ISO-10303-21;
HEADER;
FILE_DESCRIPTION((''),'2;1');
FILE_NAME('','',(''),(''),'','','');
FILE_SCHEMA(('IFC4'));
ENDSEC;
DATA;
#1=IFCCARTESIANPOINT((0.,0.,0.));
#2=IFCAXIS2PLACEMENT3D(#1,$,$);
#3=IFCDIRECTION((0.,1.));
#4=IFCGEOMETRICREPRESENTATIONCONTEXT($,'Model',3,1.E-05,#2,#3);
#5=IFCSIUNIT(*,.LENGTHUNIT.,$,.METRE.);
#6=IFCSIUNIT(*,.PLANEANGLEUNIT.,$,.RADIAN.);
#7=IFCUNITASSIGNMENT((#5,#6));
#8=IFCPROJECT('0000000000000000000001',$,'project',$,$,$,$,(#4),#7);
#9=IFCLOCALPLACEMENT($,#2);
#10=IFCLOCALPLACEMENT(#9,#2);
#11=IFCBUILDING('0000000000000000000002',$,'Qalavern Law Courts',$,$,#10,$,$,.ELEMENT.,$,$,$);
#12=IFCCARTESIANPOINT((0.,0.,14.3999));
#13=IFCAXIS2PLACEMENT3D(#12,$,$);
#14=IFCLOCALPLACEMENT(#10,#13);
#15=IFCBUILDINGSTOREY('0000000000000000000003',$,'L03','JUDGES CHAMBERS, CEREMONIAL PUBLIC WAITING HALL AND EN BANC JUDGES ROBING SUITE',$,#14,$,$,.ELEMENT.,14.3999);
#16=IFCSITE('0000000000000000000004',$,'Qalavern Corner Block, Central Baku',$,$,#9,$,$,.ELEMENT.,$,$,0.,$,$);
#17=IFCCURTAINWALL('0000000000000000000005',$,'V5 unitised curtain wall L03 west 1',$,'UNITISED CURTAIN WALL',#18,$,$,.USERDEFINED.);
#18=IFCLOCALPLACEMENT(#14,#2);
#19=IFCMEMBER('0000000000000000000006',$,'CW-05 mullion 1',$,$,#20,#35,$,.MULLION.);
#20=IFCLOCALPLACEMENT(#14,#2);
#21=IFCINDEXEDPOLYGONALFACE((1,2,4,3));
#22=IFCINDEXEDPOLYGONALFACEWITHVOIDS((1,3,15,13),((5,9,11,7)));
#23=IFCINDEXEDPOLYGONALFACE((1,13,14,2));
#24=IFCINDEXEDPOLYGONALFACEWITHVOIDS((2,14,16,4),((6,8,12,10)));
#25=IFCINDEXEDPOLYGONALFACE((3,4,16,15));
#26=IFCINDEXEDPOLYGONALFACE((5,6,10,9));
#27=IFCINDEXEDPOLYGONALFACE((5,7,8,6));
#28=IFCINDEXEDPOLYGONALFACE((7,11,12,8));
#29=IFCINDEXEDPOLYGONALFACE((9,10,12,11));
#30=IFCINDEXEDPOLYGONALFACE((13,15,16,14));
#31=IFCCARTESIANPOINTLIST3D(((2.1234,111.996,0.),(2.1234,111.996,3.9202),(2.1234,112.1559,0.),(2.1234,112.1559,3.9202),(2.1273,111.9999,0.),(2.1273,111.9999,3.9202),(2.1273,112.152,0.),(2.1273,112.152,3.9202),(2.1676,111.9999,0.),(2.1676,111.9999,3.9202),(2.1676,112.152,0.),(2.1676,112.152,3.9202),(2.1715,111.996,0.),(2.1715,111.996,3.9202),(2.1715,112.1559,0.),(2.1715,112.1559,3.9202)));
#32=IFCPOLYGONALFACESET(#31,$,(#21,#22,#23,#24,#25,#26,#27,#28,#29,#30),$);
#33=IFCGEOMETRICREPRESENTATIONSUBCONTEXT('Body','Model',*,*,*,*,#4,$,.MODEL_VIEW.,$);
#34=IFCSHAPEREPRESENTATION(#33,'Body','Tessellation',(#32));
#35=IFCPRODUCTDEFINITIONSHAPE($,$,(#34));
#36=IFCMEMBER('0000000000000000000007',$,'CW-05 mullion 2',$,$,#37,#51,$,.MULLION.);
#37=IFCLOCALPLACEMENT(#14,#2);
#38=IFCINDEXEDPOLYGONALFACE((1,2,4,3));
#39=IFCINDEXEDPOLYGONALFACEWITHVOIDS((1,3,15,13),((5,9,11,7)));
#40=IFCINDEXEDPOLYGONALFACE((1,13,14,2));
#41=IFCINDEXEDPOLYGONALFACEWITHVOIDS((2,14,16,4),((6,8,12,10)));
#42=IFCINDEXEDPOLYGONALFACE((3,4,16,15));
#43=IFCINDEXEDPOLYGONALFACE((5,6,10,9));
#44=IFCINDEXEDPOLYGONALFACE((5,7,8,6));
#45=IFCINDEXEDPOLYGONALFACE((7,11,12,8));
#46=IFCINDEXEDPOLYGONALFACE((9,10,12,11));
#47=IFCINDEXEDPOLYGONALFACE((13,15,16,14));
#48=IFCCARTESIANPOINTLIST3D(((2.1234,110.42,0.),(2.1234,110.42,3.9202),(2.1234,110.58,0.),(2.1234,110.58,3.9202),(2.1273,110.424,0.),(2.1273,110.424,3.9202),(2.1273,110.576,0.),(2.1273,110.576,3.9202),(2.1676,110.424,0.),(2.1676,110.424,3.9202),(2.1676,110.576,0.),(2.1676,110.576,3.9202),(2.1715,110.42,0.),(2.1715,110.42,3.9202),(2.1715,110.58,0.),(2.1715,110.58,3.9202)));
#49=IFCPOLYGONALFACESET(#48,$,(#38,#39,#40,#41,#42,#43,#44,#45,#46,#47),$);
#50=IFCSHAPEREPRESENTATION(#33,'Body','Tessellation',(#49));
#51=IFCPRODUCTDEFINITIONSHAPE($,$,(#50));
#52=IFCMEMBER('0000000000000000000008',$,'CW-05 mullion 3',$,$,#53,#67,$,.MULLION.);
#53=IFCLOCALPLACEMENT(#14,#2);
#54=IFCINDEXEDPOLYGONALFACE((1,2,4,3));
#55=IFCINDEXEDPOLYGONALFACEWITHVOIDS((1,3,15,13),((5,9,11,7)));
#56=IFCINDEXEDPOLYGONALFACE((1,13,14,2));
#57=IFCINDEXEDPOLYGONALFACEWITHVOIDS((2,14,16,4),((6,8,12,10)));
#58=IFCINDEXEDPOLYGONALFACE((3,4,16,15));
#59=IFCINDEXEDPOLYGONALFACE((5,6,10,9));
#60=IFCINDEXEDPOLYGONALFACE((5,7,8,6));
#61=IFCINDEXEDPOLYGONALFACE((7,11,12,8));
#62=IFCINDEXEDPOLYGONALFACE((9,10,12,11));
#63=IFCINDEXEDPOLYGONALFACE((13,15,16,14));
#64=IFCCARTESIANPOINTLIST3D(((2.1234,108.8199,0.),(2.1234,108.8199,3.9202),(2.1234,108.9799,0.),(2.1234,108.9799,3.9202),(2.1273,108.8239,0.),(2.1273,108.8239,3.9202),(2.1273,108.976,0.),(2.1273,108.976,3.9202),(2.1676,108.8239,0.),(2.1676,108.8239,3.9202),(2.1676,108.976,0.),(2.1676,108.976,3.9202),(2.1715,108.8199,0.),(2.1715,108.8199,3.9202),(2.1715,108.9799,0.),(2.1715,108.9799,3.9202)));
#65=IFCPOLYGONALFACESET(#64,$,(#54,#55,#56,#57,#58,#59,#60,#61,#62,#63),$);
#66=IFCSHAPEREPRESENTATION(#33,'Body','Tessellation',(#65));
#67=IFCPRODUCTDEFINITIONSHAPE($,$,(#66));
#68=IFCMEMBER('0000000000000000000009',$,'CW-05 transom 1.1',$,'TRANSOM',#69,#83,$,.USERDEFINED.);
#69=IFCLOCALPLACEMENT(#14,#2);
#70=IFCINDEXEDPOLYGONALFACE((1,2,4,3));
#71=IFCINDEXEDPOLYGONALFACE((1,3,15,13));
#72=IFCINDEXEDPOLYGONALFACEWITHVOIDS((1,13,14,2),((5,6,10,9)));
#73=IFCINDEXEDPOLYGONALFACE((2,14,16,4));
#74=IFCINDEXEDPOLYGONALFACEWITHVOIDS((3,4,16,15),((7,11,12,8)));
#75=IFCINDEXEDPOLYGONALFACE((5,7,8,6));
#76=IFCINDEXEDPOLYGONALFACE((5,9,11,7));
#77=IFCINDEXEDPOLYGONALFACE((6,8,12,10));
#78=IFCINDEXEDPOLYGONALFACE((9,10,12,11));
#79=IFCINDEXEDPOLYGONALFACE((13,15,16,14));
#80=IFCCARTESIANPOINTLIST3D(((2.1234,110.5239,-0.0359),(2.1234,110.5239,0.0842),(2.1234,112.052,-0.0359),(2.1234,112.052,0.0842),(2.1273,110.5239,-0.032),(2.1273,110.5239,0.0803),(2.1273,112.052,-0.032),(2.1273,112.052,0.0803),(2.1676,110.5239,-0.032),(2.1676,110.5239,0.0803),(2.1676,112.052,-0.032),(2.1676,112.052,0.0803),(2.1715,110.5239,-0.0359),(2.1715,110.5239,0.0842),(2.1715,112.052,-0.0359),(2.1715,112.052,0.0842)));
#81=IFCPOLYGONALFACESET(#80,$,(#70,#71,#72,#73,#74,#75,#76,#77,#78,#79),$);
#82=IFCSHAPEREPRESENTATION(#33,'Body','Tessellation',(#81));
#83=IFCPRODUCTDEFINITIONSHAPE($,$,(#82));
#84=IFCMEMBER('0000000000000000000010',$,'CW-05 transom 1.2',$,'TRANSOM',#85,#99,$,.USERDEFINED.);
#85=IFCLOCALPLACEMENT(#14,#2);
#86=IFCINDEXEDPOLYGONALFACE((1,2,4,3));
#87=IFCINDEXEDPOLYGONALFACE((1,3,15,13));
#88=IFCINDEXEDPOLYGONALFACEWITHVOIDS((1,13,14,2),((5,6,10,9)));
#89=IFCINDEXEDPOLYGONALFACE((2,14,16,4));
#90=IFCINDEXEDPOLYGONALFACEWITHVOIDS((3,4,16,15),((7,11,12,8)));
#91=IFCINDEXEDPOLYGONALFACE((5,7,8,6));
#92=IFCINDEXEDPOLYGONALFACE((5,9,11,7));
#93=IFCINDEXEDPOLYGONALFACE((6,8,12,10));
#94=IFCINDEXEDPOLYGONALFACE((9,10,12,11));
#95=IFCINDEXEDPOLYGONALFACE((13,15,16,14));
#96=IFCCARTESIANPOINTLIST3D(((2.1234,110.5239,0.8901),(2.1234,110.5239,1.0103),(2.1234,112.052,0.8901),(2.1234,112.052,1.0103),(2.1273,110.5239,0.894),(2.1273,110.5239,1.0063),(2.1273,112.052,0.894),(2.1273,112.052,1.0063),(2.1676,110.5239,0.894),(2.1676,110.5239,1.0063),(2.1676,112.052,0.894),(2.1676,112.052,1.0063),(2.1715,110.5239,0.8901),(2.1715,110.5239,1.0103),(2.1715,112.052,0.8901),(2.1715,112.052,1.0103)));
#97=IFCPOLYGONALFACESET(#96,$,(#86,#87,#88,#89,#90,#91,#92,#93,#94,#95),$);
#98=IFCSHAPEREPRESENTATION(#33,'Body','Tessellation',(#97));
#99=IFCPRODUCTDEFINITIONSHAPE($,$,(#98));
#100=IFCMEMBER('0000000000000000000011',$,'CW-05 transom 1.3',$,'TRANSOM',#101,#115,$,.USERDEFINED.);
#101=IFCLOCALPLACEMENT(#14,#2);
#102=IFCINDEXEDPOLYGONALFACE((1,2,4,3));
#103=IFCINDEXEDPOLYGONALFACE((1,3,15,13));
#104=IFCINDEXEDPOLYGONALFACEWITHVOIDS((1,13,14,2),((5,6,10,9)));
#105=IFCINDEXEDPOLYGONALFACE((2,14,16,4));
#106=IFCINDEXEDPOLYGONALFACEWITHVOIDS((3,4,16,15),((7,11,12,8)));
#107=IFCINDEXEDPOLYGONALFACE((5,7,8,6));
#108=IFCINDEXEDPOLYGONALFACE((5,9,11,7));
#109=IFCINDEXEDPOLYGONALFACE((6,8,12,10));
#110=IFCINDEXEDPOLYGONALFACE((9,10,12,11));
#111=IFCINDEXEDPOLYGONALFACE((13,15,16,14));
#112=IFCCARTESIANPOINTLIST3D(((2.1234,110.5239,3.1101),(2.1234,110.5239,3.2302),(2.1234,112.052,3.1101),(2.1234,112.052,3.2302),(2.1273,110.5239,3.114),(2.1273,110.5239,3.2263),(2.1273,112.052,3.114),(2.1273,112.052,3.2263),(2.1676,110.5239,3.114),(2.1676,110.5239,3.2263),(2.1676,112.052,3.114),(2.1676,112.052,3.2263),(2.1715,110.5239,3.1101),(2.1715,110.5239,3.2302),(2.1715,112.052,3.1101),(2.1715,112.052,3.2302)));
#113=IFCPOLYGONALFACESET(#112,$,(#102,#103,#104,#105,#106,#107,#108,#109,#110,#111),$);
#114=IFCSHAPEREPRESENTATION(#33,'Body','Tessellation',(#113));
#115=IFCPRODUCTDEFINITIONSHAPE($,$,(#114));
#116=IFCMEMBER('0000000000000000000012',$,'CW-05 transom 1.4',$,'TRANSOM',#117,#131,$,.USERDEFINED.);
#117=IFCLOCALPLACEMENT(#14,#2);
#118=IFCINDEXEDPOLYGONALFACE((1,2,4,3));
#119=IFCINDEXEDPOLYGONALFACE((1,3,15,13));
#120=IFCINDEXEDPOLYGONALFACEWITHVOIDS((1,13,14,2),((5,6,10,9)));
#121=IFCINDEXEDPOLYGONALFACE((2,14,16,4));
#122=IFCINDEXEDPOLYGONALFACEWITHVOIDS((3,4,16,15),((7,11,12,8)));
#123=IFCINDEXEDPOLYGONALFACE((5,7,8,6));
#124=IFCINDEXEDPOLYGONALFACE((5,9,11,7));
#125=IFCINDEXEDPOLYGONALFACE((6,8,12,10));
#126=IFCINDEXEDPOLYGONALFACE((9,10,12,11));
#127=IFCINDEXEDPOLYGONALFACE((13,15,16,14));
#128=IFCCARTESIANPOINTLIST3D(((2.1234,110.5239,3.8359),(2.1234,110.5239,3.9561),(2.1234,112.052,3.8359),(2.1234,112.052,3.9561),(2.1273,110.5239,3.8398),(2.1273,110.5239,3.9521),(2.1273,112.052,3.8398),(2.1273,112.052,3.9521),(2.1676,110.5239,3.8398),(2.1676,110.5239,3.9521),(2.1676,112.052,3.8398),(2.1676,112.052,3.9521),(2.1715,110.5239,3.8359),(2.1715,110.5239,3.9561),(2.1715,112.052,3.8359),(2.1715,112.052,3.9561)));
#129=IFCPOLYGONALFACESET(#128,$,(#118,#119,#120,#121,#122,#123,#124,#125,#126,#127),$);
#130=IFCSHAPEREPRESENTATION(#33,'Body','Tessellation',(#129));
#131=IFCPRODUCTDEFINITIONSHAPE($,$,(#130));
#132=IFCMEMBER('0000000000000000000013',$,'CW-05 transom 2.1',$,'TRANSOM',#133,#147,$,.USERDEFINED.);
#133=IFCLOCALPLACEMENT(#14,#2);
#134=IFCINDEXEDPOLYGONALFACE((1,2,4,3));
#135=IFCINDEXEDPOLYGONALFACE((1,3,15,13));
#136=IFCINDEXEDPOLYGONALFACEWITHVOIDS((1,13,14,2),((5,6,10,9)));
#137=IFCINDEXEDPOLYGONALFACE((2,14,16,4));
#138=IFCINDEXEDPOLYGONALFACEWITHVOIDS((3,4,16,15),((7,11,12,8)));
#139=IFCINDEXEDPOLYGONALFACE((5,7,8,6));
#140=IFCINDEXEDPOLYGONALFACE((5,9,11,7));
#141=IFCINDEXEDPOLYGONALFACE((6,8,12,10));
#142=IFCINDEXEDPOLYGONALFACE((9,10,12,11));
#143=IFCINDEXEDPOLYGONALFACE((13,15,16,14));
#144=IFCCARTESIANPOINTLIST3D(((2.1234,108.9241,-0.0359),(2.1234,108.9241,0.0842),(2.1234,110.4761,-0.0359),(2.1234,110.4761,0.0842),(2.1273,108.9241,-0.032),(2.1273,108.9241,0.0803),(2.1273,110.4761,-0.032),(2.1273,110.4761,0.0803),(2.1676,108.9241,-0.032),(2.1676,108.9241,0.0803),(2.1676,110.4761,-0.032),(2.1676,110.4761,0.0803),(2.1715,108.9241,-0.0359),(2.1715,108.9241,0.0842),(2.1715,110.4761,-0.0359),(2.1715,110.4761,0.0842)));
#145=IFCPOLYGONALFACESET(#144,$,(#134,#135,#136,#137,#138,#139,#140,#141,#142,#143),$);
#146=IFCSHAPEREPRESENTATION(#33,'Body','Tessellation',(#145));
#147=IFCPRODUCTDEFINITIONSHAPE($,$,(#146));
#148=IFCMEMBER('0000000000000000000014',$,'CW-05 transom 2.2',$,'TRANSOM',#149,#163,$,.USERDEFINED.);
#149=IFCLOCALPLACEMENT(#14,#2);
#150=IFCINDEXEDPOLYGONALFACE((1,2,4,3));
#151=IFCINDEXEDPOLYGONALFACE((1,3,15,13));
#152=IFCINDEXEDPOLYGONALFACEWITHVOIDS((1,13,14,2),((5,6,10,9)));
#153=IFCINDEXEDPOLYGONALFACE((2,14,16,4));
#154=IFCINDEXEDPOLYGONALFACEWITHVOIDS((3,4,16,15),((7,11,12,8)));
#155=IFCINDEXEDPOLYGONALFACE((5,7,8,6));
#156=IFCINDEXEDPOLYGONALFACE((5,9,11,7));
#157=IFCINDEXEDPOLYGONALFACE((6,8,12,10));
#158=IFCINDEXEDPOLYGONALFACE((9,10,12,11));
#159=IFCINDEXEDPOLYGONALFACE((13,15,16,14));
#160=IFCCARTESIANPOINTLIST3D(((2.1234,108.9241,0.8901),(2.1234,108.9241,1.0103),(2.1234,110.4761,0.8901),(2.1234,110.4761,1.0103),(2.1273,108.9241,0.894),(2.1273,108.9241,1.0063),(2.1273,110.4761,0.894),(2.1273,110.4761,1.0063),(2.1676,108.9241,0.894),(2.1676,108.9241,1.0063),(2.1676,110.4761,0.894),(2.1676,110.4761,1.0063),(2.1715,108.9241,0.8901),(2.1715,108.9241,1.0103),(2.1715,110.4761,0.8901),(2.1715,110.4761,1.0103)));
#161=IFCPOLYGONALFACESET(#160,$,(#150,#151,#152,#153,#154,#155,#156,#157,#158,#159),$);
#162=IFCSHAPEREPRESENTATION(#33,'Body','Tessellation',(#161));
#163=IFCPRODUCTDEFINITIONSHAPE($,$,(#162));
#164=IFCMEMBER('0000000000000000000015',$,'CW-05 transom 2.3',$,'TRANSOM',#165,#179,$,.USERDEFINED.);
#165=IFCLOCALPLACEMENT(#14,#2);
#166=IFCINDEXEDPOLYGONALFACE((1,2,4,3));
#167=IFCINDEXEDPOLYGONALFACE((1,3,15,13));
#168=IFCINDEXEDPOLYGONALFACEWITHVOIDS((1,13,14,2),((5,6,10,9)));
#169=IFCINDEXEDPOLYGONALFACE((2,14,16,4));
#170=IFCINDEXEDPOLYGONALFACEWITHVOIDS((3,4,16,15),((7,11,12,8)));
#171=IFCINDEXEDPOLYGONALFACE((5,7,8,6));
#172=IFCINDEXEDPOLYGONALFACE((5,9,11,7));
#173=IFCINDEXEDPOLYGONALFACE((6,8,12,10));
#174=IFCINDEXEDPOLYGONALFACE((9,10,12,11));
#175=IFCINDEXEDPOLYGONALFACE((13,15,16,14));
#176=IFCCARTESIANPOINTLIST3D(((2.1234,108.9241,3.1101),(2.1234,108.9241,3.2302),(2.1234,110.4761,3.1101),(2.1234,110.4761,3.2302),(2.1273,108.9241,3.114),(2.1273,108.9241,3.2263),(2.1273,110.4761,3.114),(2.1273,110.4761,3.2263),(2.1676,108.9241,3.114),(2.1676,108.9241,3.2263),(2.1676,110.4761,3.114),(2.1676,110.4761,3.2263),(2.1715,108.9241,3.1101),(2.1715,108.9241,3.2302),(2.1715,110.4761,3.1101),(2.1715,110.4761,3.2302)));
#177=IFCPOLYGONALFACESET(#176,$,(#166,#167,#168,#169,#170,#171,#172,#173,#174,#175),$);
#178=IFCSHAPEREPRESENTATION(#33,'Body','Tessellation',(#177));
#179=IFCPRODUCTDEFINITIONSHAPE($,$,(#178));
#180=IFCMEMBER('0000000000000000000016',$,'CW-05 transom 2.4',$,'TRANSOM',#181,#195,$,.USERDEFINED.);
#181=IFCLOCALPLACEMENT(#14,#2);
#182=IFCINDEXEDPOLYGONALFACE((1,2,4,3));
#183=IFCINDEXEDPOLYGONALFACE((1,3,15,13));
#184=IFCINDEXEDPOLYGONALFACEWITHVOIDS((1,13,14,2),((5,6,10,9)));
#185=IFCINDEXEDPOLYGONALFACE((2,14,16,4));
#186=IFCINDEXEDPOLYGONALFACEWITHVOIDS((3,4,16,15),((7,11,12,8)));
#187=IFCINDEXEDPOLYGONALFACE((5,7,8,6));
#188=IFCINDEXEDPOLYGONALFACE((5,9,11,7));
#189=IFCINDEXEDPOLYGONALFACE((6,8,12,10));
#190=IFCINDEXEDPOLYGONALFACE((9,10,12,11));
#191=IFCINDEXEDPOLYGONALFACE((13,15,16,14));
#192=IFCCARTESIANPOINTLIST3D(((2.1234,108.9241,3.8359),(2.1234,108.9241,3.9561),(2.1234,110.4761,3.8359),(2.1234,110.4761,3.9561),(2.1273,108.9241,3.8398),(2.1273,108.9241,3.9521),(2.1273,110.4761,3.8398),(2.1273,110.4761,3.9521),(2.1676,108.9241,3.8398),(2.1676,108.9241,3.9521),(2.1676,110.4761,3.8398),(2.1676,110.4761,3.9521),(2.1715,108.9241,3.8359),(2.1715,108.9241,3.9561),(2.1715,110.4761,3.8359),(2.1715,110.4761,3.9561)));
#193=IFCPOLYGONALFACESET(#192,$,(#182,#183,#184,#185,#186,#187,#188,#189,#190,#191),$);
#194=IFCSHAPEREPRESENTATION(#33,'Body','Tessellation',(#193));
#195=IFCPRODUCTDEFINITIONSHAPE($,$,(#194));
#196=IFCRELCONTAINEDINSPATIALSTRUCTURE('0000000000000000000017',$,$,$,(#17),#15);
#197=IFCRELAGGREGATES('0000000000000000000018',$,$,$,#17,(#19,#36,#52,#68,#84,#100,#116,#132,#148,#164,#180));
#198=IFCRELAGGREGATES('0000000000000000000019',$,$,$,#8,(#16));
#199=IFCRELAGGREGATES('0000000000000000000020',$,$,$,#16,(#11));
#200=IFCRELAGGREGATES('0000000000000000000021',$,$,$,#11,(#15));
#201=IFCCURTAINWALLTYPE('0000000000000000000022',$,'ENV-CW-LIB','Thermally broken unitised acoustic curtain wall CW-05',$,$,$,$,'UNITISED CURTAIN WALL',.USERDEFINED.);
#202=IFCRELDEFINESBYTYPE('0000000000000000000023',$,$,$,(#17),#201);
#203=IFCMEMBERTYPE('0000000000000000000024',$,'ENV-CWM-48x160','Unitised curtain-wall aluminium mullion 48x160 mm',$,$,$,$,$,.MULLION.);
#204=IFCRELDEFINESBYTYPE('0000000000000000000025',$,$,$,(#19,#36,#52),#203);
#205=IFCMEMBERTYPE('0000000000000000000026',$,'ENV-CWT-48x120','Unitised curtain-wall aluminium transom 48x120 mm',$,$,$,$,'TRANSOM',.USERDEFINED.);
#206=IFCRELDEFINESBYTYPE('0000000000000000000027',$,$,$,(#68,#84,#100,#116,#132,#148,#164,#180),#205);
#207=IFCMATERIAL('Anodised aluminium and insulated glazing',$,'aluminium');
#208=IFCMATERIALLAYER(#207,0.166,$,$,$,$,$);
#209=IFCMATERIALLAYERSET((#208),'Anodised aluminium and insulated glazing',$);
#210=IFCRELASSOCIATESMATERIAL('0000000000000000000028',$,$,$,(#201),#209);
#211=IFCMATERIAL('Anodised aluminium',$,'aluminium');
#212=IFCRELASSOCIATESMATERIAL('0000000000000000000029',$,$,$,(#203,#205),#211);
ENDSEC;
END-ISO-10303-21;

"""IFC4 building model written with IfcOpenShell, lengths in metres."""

from ifc_helpers import new_model, si_unit, direction, frame, origin, origin_2d, place, context, subcontext, project, spatial, hollow_rectangle, extrude, material, layer, layer_set, material_profile, profile_set, type_object, element, aggregate, save


model = new_model("IFC4")

# Units and contexts
model_context = context("Model", 3, precision=1e-05, world=origin(), true_north=direction((0.0, 1.0)))
body_context = subcontext(model_context, "Body", "Model", "MODEL_VIEW")
ifc_project = project(units=[si_unit("LENGTHUNIT", "METRE"), si_unit("PLANEANGLEUNIT", "RADIAN")], contexts=[model_context])

# Site, building, storey
site_placement = place(None, origin())
site = spatial("IfcSite", under=ifc_project, at=site_placement, Name="Qalavern Corner Block, Central Baku", CompositionType="ELEMENT", RefElevation=0.0)
building_placement = place(site_placement, origin())
building = spatial("IfcBuilding", under=site, at=building_placement, Name="Qalavern Law Courts", CompositionType="ELEMENT")
storey_placement = place(building_placement, frame((0.0, 0.0, 14.3999)))
storey = spatial("IfcBuildingStorey", under=building, at=storey_placement, Name="L03", Description="JUDGES CHAMBERS, CEREMONIAL PUBLIC WAITING HALL AND EN BANC JUDGES ROBING SUITE", CompositionType="ELEMENT", Elevation=14.3999)

# Curtain wall, members
ifc_material_1 = material(Name="Anodised aluminium and insulated glazing", Category="aluminium")
ifc_layer_1 = layer(ifc_material_1, 0.166)
ifc_layer_set_1 = layer_set([ifc_layer_1], Name="Anodised aluminium and insulated glazing")
curtain_wall_type = type_object("IfcCurtainWallType", Name="ENV-CW-LIB", Description="Thermally broken unitised acoustic curtain wall CW-05", ElementType="UNITISED CURTAIN WALL", PredefinedType="USERDEFINED", material=ifc_layer_set_1)
curtain_wall_placement = place(storey_placement, origin())
curtain_wall = element("IfcCurtainWall", 1, at=curtain_wall_placement, inside=storey, type_object=curtain_wall_type, Name="V5 unitised curtain wall L03 west 1", ObjectType="UNITISED CURTAIN WALL", PredefinedType="USERDEFINED")
ifc_material_2 = material(Name="Anodised aluminium", Category="aluminium")
ifc_material_profile_1 = material_profile(ifc_material_2, hollow_rectangle(XDim=0.0481, YDim=0.1599, WallThickness=0.0039, at=origin_2d()), Name="ALU MULLION 48x160")
ifc_profile_set_1 = profile_set([ifc_material_profile_1], Name="Anodised aluminium")
member_type_1 = type_object("IfcMemberType", Name="ENV-CWM-48x160", Description="Unitised curtain-wall aluminium mullion 48x160 mm", PredefinedType="MULLION", material=ifc_profile_set_1)
member_1_placement = place(storey_placement, frame((2.1475, 112.0759, 0.0), z_axis=(0.0, 0.0, 1.0), x_axis=(1.0, 0.0, 0.0)))
member_1 = element("IfcMember", 2, at=member_1_placement, type_object=member_type_1, Name="CW-05 mullion 1", PredefinedType="MULLION", context=body_context, shape_type="SweptSolid", body=[
    extrude(hollow_rectangle(XDim=0.0481, YDim=0.1599, WallThickness=0.0039, at=origin_2d()), origin(), (0.0, 0.0, 1.0), 3.9202),
])
member_2_placement = place(storey_placement, frame((2.1475, 110.5, 0.0), z_axis=(0.0, 0.0, 1.0), x_axis=(1.0, 0.0, 0.0)))
member_2 = element("IfcMember", 3, at=member_2_placement, type_object=member_type_1, Name="CW-05 mullion 2", PredefinedType="MULLION", context=body_context, shape_type="SweptSolid", body=[
    extrude(hollow_rectangle(XDim=0.0481, YDim=0.1599, WallThickness=0.0039, at=origin_2d()), origin(), (0.0, 0.0, 1.0), 3.9202),
])
member_3_placement = place(storey_placement, frame((2.1475, 108.8999, 0.0), z_axis=(0.0, 0.0, 1.0), x_axis=(1.0, 0.0, 0.0)))
member_3 = element("IfcMember", 4, at=member_3_placement, type_object=member_type_1, Name="CW-05 mullion 3", PredefinedType="MULLION", context=body_context, shape_type="SweptSolid", body=[
    extrude(hollow_rectangle(XDim=0.0481, YDim=0.1599, WallThickness=0.0039, at=origin_2d()), origin(), (0.0, 0.0, 1.0), 3.9202),
])
ifc_material_profile_2 = material_profile(ifc_material_2, hollow_rectangle(XDim=0.0481, YDim=0.1201, WallThickness=0.0039, at=origin_2d()), Name="ALU TRANSOM 48x120")
ifc_profile_set_2 = profile_set([ifc_material_profile_2], Name="Anodised aluminium")
member_type_2 = type_object("IfcMemberType", Name="ENV-CWT-48x120", Description="Unitised curtain-wall aluminium transom 48x120 mm", ElementType="TRANSOM", PredefinedType="USERDEFINED", material=ifc_profile_set_2)
member_4_placement = place(storey_placement, frame((2.1475, 112.052, 0.0242), z_axis=(0.0, -1.0, 0.0), x_axis=(1.0, 0.0, 0.0)))
member_4 = element("IfcMember", 5, at=member_4_placement, type_object=member_type_2, Name="CW-05 transom 1.1", ObjectType="TRANSOM", PredefinedType="USERDEFINED", context=body_context, shape_type="SweptSolid", body=[
    extrude(hollow_rectangle(XDim=0.0481, YDim=0.1201, WallThickness=0.0039, at=origin_2d()), origin(), (0.0, 0.0, 1.0), 1.5281),
])
member_5_placement = place(storey_placement, frame((2.1475, 112.052, 0.9502), z_axis=(0.0, -1.0, 0.0), x_axis=(1.0, 0.0, 0.0)))
member_5 = element("IfcMember", 6, at=member_5_placement, type_object=member_type_2, Name="CW-05 transom 1.2", ObjectType="TRANSOM", PredefinedType="USERDEFINED", context=body_context, shape_type="SweptSolid", body=[
    extrude(hollow_rectangle(XDim=0.0481, YDim=0.1201, WallThickness=0.0039, at=origin_2d()), origin(), (0.0, 0.0, 1.0), 1.5281),
])
member_6_placement = place(storey_placement, frame((2.1475, 112.052, 3.1702), z_axis=(0.0, -1.0, 0.0), x_axis=(1.0, 0.0, 0.0)))
member_6 = element("IfcMember", 7, at=member_6_placement, type_object=member_type_2, Name="CW-05 transom 1.3", ObjectType="TRANSOM", PredefinedType="USERDEFINED", context=body_context, shape_type="SweptSolid", body=[
    extrude(hollow_rectangle(XDim=0.0481, YDim=0.1201, WallThickness=0.0039, at=origin_2d()), origin(), (0.0, 0.0, 1.0), 1.5281),
])
member_7_placement = place(storey_placement, frame((2.1475, 112.052, 3.896), z_axis=(0.0, -1.0, 0.0), x_axis=(1.0, 0.0, 0.0)))
member_7 = element("IfcMember", 8, at=member_7_placement, type_object=member_type_2, Name="CW-05 transom 1.4", ObjectType="TRANSOM", PredefinedType="USERDEFINED", context=body_context, shape_type="SweptSolid", body=[
    extrude(hollow_rectangle(XDim=0.0481, YDim=0.1201, WallThickness=0.0039, at=origin_2d()), origin(), (0.0, 0.0, 1.0), 1.5281),
])
member_8_placement = place(storey_placement, frame((2.1475, 110.4761, 0.0242), z_axis=(0.0, -1.0, 0.0), x_axis=(1.0, 0.0, 0.0)))
member_8 = element("IfcMember", 9, at=member_8_placement, type_object=member_type_2, Name="CW-05 transom 2.1", ObjectType="TRANSOM", PredefinedType="USERDEFINED", context=body_context, shape_type="SweptSolid", body=[
    extrude(hollow_rectangle(XDim=0.0481, YDim=0.1201, WallThickness=0.0039, at=origin_2d()), origin(), (0.0, 0.0, 1.0), 1.552),
])
member_9_placement = place(storey_placement, frame((2.1475, 110.4761, 0.9502), z_axis=(0.0, -1.0, 0.0), x_axis=(1.0, 0.0, 0.0)))
member_9 = element("IfcMember", 10, at=member_9_placement, type_object=member_type_2, Name="CW-05 transom 2.2", ObjectType="TRANSOM", PredefinedType="USERDEFINED", context=body_context, shape_type="SweptSolid", body=[
    extrude(hollow_rectangle(XDim=0.0481, YDim=0.1201, WallThickness=0.0039, at=origin_2d()), origin(), (0.0, 0.0, 1.0), 1.552),
])
member_10_placement = place(storey_placement, frame((2.1475, 110.4761, 3.1702), z_axis=(0.0, -1.0, 0.0), x_axis=(1.0, 0.0, 0.0)))
member_10 = element("IfcMember", 11, at=member_10_placement, type_object=member_type_2, Name="CW-05 transom 2.3", ObjectType="TRANSOM", PredefinedType="USERDEFINED", context=body_context, shape_type="SweptSolid", body=[
    extrude(hollow_rectangle(XDim=0.0481, YDim=0.1201, WallThickness=0.0039, at=origin_2d()), origin(), (0.0, 0.0, 1.0), 1.552),
])
member_11_placement = place(storey_placement, frame((2.1475, 110.4761, 3.896), z_axis=(0.0, -1.0, 0.0), x_axis=(1.0, 0.0, 0.0)))
member_11 = element("IfcMember", 12, at=member_11_placement, type_object=member_type_2, Name="CW-05 transom 2.4", ObjectType="TRANSOM", PredefinedType="USERDEFINED", context=body_context, shape_type="SweptSolid", body=[
    extrude(hollow_rectangle(XDim=0.0481, YDim=0.1201, WallThickness=0.0039, at=origin_2d()), origin(), (0.0, 0.0, 1.0), 1.552),
])
aggregate(curtain_wall, [member_1, member_2, member_3, member_4, member_5, member_6, member_7, member_8, member_9, member_10, member_11])

save(model, "model.ifc")
